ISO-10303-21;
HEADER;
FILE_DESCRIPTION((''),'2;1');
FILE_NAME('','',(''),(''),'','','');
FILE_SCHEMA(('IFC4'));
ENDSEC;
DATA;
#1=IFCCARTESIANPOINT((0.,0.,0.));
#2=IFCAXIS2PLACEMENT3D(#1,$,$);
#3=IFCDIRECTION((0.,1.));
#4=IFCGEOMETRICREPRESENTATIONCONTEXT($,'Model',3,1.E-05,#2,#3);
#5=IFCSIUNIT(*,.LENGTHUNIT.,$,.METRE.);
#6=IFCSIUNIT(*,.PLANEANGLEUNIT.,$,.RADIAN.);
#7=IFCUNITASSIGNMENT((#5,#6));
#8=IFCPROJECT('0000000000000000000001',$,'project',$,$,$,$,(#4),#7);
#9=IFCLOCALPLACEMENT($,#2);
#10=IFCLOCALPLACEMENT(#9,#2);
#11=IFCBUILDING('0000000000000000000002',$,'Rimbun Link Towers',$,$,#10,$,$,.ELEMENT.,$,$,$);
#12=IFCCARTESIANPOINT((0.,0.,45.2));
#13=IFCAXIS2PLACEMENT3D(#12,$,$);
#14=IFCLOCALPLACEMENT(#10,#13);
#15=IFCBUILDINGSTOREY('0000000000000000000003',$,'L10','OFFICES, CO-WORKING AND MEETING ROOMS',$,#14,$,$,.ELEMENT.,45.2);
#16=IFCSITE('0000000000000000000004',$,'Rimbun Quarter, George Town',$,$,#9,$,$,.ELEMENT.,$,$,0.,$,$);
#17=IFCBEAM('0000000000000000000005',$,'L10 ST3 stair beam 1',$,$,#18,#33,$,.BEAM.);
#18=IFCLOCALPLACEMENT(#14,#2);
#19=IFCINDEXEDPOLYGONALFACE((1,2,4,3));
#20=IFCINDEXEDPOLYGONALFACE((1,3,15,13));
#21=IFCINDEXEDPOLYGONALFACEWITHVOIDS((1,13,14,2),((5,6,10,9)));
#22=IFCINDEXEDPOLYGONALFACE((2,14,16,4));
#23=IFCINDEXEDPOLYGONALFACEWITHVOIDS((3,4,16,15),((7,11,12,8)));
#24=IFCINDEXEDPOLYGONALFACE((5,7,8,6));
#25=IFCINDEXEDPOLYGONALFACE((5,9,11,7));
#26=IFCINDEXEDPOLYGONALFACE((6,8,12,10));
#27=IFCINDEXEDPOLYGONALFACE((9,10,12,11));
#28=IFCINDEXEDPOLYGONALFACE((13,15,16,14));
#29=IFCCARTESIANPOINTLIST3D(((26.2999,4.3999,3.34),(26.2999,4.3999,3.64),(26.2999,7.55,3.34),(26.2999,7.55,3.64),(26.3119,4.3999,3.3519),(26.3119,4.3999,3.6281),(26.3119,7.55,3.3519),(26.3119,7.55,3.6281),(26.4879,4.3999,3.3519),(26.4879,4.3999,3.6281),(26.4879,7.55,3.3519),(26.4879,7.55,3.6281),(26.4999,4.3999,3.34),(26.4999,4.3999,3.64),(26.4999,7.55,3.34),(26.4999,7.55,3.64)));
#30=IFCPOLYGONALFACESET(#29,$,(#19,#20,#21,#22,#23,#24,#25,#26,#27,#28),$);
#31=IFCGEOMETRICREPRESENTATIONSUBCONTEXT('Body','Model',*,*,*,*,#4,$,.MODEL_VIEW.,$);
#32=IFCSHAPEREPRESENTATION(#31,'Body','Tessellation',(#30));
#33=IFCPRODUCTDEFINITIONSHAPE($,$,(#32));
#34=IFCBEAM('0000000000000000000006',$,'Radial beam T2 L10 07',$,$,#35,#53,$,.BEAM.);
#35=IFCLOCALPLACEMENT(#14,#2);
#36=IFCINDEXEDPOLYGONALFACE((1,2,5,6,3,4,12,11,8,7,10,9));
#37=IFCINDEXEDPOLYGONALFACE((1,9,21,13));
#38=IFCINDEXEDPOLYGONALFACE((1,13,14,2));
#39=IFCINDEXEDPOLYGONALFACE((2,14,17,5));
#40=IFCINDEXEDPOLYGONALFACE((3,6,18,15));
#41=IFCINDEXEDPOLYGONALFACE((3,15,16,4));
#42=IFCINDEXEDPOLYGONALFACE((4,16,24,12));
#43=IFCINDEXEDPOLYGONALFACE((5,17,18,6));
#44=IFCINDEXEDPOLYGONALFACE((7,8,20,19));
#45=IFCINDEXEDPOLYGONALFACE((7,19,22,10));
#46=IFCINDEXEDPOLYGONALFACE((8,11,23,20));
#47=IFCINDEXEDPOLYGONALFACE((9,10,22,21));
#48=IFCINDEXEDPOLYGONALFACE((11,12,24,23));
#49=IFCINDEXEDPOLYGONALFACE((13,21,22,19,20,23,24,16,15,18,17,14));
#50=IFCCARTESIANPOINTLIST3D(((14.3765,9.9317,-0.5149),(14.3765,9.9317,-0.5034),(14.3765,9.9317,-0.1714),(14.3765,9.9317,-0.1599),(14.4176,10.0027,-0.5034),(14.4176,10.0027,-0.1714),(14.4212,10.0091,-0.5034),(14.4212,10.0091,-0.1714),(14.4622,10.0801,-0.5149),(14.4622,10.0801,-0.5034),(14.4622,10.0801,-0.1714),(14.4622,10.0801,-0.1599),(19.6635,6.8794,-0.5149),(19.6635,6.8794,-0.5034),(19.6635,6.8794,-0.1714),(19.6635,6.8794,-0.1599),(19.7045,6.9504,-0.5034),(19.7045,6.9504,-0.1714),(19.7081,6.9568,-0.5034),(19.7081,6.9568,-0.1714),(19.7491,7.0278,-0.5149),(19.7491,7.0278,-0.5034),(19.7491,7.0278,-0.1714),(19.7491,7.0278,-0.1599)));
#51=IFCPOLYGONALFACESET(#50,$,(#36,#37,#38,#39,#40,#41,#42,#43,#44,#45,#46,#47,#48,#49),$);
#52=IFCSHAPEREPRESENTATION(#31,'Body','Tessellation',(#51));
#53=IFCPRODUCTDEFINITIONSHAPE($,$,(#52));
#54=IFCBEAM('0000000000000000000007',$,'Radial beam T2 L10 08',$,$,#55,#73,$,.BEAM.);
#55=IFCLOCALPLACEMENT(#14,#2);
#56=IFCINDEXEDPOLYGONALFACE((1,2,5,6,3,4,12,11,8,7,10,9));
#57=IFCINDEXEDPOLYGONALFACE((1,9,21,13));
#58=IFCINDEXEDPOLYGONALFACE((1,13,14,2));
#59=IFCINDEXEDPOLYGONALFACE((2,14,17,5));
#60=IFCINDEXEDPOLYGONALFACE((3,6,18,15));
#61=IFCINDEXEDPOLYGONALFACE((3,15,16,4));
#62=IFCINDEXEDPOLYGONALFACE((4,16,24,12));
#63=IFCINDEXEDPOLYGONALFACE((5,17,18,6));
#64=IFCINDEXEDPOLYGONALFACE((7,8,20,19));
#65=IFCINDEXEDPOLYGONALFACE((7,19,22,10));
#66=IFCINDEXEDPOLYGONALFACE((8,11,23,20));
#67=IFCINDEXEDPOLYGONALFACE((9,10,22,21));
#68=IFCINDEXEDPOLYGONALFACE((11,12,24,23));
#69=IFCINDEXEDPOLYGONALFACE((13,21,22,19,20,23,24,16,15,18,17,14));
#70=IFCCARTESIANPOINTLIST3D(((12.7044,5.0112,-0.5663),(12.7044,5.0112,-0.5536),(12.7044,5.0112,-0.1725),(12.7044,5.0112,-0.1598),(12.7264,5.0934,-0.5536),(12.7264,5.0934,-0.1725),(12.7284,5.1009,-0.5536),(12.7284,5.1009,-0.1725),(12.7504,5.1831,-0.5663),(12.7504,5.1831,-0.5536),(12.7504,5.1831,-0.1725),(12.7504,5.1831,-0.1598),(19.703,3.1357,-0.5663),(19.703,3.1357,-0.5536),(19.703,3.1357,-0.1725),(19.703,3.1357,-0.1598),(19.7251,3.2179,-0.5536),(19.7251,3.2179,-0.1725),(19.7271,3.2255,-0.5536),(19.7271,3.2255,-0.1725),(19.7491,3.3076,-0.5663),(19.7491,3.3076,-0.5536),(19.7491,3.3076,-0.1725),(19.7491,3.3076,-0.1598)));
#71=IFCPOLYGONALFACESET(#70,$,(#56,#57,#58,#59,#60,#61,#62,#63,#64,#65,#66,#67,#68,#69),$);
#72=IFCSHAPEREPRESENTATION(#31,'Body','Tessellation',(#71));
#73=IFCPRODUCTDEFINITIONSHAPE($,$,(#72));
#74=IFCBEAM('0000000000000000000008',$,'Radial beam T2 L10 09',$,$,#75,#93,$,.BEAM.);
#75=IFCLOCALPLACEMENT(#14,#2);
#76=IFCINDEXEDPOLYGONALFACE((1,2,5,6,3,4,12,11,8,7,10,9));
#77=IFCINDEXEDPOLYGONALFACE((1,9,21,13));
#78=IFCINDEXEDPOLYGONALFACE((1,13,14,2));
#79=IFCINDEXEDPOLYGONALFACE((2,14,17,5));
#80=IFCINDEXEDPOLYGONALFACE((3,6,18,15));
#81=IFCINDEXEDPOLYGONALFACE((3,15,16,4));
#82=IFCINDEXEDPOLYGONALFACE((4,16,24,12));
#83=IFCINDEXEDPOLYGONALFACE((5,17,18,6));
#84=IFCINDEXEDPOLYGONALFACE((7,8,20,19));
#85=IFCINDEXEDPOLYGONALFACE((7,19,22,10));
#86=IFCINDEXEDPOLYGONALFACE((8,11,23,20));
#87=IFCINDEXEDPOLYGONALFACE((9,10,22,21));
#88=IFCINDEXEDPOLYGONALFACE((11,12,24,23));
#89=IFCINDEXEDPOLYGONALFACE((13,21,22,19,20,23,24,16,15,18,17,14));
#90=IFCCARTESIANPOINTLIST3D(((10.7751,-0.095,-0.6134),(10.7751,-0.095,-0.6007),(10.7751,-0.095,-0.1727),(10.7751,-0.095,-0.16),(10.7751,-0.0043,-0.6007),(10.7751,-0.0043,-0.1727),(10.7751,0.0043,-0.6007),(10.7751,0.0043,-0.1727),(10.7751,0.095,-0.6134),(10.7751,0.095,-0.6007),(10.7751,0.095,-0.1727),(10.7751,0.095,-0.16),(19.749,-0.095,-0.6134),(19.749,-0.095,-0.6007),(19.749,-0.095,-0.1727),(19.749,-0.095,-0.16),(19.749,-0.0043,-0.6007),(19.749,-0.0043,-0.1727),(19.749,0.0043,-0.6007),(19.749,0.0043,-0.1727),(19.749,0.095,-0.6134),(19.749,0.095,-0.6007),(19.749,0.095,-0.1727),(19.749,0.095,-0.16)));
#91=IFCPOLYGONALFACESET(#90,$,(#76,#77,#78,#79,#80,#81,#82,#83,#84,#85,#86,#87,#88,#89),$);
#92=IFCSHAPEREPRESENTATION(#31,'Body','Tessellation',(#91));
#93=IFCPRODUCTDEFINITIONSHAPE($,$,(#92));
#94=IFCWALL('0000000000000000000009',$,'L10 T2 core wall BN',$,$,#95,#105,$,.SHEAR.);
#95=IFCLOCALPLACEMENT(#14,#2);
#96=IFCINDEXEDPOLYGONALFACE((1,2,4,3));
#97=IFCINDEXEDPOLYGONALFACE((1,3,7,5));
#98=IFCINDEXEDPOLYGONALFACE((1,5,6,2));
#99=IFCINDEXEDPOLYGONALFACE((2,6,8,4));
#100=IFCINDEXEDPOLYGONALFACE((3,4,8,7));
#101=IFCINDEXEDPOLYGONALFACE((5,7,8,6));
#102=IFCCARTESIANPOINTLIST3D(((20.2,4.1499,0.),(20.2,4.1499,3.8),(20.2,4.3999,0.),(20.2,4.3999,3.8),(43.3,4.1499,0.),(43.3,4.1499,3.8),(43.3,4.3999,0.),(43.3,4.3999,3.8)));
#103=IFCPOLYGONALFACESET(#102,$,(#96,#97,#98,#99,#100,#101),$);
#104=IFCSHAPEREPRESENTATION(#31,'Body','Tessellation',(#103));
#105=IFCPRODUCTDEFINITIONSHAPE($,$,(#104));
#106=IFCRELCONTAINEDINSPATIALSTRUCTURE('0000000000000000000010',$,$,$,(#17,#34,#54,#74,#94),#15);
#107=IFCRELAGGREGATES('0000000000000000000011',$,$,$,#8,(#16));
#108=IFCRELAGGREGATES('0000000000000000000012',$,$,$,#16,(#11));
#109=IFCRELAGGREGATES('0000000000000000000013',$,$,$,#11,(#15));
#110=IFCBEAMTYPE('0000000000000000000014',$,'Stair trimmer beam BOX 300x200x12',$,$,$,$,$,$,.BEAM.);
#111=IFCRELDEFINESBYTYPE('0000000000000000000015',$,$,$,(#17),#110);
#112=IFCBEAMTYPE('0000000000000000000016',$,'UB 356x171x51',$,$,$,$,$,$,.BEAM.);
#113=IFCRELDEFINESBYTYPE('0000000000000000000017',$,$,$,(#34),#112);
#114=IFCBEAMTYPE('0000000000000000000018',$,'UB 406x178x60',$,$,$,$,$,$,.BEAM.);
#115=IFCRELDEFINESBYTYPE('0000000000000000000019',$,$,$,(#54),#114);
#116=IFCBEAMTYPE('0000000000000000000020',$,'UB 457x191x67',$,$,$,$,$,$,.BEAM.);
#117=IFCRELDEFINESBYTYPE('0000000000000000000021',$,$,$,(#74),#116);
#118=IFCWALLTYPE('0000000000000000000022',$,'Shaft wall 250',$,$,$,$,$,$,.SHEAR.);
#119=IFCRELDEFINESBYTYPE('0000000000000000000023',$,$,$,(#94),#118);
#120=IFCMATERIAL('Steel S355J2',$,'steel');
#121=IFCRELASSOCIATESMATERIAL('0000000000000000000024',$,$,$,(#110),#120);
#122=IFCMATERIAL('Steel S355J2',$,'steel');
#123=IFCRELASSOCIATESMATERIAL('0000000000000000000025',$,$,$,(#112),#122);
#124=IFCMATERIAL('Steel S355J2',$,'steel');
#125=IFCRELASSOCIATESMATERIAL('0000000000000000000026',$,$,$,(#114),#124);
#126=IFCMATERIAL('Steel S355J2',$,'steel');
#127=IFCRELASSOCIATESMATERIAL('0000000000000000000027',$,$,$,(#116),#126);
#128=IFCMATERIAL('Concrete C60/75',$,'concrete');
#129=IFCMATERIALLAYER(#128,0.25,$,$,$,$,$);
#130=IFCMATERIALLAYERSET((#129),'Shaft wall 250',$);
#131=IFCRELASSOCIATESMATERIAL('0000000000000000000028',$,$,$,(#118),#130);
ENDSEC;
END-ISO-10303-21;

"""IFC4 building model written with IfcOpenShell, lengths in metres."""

from ifc_helpers import new_model, si_unit, direction, frame, frame_2d, origin, origin_2d, place, context, subcontext, project, spatial, rectangle, hollow_rectangle, i_section, extrude, material, layer, layer_set, material_profile, profile_set, type_object, element, save


model = new_model("IFC4")

# Units and contexts
model_context = context("Model", 3, precision=1e-05, world=origin(), true_north=direction((0.0, 1.0)))
body_context = subcontext(model_context, "Body", "Model", "MODEL_VIEW")
ifc_project = project(units=[si_unit("LENGTHUNIT", "METRE"), si_unit("PLANEANGLEUNIT", "RADIAN")], contexts=[model_context])

# Site, building, storey
site_placement = place(None, origin())
site = spatial("IfcSite", under=ifc_project, at=site_placement, Name="Rimbun Quarter, George Town", CompositionType="ELEMENT", RefElevation=0.0)
building_placement = place(site_placement, origin())
building = spatial("IfcBuilding", under=site, at=building_placement, Name="Rimbun Link Towers", CompositionType="ELEMENT")
storey_placement = place(building_placement, frame((0.0, 0.0, 45.2)))
storey = spatial("IfcBuildingStorey", under=building, at=storey_placement, Name="L10", Description="OFFICES, CO-WORKING AND MEETING ROOMS", CompositionType="ELEMENT", Elevation=45.2)

# Beams
ifc_material_1 = material(Name="Steel S355J2", Category="steel")
ifc_material_profile_1 = material_profile(ifc_material_1, hollow_rectangle(XDim=0.2, YDim=0.3, WallThickness=0.012, at=origin_2d()), Name="BOX 300x200x12")
ifc_profile_set_1 = profile_set([ifc_material_profile_1], Name="Steel S355J2")
beam_type_1 = type_object("IfcBeamType", Name="Stair trimmer beam BOX 300x200x12", PredefinedType="BEAM", material=ifc_profile_set_1)
beam_1_placement = place(storey_placement, frame((26.3999, 7.55, 3.49), z_axis=(0.0, -1.0, 0.0), x_axis=(1.0, 0.0, 0.0)))
element("IfcBeam", 1, at=beam_1_placement, inside=storey, type_object=beam_type_1, Name="L10 ST3 stair beam 1", PredefinedType="BEAM", context=body_context, shape_type="SweptSolid", body=[
    extrude(hollow_rectangle(XDim=0.2, YDim=0.3, WallThickness=0.012, at=origin_2d()), origin(), (0.0, 0.0, 1.0), 3.1501),
])
ifc_material_2 = material(Name="Steel S355J2", Category="steel")
ifc_material_profile_2 = material_profile(ifc_material_2, i_section(OverallWidth=0.1714, OverallDepth=0.355, WebThickness=0.0073, FlangeThickness=0.0115, at=origin_2d()), Name="UB 356x171x51")
ifc_profile_set_2 = profile_set([ifc_material_profile_2], Name="Steel S355J2")
beam_type_2 = type_object("IfcBeamType", Name="UB 356x171x51", PredefinedType="BEAM", material=ifc_profile_set_2)
beam_2_placement = place(storey_placement, frame((19.7063, 6.9536, -0.3374), z_axis=(-0.866034, 0.499984, 0.0), x_axis=(-0.499984, -0.866034, 0.0)))
element("IfcBeam", 2, at=beam_2_placement, inside=storey, type_object=beam_type_2, Name="Radial beam T2 L10 07", PredefinedType="BEAM", context=body_context, shape_type="SweptSolid", body=[
    extrude(i_section(OverallWidth=0.1714, OverallDepth=0.355, WebThickness=0.0073, FlangeThickness=0.0115, at=origin_2d()), origin(), (0.0, 0.0, 1.0), 6.1047),
])
ifc_material_3 = material(Name="Steel S355J2", Category="steel")
ifc_material_profile_3 = material_profile(ifc_material_3, i_section(OverallWidth=0.178, OverallDepth=0.4065, WebThickness=0.0078, FlangeThickness=0.0127, at=origin_2d()), Name="UB 406x178x60")
ifc_profile_set_3 = profile_set([ifc_material_profile_3], Name="Steel S355J2")
beam_type_3 = type_object("IfcBeamType", Name="UB 406x178x60", PredefinedType="BEAM", material=ifc_profile_set_3)
beam_3_placement = place(storey_placement, frame((19.7261, 3.2217, -0.363), z_axis=(-0.96592, 0.258841, 0.0), x_axis=(-0.258841, -0.96592, 0.0)))
element("IfcBeam", 3, at=beam_3_placement, inside=storey, type_object=beam_type_3, Name="Radial beam T2 L10 08", PredefinedType="BEAM", context=body_context, shape_type="SweptSolid", body=[
    extrude(i_section(OverallWidth=0.178, OverallDepth=0.4065, WebThickness=0.0078, FlangeThickness=0.0127, at=origin_2d()), origin(), (0.0, 0.0, 1.0), 7.2456),
])
ifc_material_4 = material(Name="Steel S355J2", Category="steel")
ifc_material_profile_4 = material_profile(ifc_material_4, i_section(OverallWidth=0.1899, OverallDepth=0.4534, WebThickness=0.0085, FlangeThickness=0.0127, at=origin_2d()), Name="UB 457x191x67")
ifc_profile_set_4 = profile_set([ifc_material_profile_4], Name="Steel S355J2")
beam_type_4 = type_object("IfcBeamType", Name="UB 457x191x67", PredefinedType="BEAM", material=ifc_profile_set_4)
beam_4_placement = place(storey_placement, frame((19.749, 0.0, -0.3867), z_axis=(-1.0, 0.0, 0.0), x_axis=(0.0, -1.0, 0.0)))
element("IfcBeam", 4, at=beam_4_placement, inside=storey, type_object=beam_type_4, Name="Radial beam T2 L10 09", PredefinedType="BEAM", context=body_context, shape_type="SweptSolid", body=[
    extrude(i_section(OverallWidth=0.1899, OverallDepth=0.4534, WebThickness=0.0085, FlangeThickness=0.0127, at=origin_2d()), origin(), (0.0, 0.0, 1.0), 8.9739),
])

# Wall
ifc_material_5 = material(Name="Concrete C60/75", Category="concrete")
ifc_layer = layer(ifc_material_5, 0.25)
ifc_layer_set = layer_set([ifc_layer], Name="Shaft wall 250")
wall_type = type_object("IfcWallType", Name="Shaft wall 250", PredefinedType="SHEAR", material=ifc_layer_set)
wall_1_placement = place(storey_placement, frame((20.2, 4.2749, 0.0), z_axis=(0.0, 0.0, 1.0), x_axis=(1.0, 0.0, 0.0)))
element("IfcWall", 5, at=wall_1_placement, inside=storey, type_object=wall_type, Name="L10 T2 core wall BN", PredefinedType="SHEAR", context=body_context, shape_type="SweptSolid", body=[
    extrude(rectangle(XDim=23.1001, YDim=0.25, at=frame_2d((11.55, 0.0))), origin(), (0.0, 0.0, 1.0), 3.8),
])

save(model, "model.ifc")
